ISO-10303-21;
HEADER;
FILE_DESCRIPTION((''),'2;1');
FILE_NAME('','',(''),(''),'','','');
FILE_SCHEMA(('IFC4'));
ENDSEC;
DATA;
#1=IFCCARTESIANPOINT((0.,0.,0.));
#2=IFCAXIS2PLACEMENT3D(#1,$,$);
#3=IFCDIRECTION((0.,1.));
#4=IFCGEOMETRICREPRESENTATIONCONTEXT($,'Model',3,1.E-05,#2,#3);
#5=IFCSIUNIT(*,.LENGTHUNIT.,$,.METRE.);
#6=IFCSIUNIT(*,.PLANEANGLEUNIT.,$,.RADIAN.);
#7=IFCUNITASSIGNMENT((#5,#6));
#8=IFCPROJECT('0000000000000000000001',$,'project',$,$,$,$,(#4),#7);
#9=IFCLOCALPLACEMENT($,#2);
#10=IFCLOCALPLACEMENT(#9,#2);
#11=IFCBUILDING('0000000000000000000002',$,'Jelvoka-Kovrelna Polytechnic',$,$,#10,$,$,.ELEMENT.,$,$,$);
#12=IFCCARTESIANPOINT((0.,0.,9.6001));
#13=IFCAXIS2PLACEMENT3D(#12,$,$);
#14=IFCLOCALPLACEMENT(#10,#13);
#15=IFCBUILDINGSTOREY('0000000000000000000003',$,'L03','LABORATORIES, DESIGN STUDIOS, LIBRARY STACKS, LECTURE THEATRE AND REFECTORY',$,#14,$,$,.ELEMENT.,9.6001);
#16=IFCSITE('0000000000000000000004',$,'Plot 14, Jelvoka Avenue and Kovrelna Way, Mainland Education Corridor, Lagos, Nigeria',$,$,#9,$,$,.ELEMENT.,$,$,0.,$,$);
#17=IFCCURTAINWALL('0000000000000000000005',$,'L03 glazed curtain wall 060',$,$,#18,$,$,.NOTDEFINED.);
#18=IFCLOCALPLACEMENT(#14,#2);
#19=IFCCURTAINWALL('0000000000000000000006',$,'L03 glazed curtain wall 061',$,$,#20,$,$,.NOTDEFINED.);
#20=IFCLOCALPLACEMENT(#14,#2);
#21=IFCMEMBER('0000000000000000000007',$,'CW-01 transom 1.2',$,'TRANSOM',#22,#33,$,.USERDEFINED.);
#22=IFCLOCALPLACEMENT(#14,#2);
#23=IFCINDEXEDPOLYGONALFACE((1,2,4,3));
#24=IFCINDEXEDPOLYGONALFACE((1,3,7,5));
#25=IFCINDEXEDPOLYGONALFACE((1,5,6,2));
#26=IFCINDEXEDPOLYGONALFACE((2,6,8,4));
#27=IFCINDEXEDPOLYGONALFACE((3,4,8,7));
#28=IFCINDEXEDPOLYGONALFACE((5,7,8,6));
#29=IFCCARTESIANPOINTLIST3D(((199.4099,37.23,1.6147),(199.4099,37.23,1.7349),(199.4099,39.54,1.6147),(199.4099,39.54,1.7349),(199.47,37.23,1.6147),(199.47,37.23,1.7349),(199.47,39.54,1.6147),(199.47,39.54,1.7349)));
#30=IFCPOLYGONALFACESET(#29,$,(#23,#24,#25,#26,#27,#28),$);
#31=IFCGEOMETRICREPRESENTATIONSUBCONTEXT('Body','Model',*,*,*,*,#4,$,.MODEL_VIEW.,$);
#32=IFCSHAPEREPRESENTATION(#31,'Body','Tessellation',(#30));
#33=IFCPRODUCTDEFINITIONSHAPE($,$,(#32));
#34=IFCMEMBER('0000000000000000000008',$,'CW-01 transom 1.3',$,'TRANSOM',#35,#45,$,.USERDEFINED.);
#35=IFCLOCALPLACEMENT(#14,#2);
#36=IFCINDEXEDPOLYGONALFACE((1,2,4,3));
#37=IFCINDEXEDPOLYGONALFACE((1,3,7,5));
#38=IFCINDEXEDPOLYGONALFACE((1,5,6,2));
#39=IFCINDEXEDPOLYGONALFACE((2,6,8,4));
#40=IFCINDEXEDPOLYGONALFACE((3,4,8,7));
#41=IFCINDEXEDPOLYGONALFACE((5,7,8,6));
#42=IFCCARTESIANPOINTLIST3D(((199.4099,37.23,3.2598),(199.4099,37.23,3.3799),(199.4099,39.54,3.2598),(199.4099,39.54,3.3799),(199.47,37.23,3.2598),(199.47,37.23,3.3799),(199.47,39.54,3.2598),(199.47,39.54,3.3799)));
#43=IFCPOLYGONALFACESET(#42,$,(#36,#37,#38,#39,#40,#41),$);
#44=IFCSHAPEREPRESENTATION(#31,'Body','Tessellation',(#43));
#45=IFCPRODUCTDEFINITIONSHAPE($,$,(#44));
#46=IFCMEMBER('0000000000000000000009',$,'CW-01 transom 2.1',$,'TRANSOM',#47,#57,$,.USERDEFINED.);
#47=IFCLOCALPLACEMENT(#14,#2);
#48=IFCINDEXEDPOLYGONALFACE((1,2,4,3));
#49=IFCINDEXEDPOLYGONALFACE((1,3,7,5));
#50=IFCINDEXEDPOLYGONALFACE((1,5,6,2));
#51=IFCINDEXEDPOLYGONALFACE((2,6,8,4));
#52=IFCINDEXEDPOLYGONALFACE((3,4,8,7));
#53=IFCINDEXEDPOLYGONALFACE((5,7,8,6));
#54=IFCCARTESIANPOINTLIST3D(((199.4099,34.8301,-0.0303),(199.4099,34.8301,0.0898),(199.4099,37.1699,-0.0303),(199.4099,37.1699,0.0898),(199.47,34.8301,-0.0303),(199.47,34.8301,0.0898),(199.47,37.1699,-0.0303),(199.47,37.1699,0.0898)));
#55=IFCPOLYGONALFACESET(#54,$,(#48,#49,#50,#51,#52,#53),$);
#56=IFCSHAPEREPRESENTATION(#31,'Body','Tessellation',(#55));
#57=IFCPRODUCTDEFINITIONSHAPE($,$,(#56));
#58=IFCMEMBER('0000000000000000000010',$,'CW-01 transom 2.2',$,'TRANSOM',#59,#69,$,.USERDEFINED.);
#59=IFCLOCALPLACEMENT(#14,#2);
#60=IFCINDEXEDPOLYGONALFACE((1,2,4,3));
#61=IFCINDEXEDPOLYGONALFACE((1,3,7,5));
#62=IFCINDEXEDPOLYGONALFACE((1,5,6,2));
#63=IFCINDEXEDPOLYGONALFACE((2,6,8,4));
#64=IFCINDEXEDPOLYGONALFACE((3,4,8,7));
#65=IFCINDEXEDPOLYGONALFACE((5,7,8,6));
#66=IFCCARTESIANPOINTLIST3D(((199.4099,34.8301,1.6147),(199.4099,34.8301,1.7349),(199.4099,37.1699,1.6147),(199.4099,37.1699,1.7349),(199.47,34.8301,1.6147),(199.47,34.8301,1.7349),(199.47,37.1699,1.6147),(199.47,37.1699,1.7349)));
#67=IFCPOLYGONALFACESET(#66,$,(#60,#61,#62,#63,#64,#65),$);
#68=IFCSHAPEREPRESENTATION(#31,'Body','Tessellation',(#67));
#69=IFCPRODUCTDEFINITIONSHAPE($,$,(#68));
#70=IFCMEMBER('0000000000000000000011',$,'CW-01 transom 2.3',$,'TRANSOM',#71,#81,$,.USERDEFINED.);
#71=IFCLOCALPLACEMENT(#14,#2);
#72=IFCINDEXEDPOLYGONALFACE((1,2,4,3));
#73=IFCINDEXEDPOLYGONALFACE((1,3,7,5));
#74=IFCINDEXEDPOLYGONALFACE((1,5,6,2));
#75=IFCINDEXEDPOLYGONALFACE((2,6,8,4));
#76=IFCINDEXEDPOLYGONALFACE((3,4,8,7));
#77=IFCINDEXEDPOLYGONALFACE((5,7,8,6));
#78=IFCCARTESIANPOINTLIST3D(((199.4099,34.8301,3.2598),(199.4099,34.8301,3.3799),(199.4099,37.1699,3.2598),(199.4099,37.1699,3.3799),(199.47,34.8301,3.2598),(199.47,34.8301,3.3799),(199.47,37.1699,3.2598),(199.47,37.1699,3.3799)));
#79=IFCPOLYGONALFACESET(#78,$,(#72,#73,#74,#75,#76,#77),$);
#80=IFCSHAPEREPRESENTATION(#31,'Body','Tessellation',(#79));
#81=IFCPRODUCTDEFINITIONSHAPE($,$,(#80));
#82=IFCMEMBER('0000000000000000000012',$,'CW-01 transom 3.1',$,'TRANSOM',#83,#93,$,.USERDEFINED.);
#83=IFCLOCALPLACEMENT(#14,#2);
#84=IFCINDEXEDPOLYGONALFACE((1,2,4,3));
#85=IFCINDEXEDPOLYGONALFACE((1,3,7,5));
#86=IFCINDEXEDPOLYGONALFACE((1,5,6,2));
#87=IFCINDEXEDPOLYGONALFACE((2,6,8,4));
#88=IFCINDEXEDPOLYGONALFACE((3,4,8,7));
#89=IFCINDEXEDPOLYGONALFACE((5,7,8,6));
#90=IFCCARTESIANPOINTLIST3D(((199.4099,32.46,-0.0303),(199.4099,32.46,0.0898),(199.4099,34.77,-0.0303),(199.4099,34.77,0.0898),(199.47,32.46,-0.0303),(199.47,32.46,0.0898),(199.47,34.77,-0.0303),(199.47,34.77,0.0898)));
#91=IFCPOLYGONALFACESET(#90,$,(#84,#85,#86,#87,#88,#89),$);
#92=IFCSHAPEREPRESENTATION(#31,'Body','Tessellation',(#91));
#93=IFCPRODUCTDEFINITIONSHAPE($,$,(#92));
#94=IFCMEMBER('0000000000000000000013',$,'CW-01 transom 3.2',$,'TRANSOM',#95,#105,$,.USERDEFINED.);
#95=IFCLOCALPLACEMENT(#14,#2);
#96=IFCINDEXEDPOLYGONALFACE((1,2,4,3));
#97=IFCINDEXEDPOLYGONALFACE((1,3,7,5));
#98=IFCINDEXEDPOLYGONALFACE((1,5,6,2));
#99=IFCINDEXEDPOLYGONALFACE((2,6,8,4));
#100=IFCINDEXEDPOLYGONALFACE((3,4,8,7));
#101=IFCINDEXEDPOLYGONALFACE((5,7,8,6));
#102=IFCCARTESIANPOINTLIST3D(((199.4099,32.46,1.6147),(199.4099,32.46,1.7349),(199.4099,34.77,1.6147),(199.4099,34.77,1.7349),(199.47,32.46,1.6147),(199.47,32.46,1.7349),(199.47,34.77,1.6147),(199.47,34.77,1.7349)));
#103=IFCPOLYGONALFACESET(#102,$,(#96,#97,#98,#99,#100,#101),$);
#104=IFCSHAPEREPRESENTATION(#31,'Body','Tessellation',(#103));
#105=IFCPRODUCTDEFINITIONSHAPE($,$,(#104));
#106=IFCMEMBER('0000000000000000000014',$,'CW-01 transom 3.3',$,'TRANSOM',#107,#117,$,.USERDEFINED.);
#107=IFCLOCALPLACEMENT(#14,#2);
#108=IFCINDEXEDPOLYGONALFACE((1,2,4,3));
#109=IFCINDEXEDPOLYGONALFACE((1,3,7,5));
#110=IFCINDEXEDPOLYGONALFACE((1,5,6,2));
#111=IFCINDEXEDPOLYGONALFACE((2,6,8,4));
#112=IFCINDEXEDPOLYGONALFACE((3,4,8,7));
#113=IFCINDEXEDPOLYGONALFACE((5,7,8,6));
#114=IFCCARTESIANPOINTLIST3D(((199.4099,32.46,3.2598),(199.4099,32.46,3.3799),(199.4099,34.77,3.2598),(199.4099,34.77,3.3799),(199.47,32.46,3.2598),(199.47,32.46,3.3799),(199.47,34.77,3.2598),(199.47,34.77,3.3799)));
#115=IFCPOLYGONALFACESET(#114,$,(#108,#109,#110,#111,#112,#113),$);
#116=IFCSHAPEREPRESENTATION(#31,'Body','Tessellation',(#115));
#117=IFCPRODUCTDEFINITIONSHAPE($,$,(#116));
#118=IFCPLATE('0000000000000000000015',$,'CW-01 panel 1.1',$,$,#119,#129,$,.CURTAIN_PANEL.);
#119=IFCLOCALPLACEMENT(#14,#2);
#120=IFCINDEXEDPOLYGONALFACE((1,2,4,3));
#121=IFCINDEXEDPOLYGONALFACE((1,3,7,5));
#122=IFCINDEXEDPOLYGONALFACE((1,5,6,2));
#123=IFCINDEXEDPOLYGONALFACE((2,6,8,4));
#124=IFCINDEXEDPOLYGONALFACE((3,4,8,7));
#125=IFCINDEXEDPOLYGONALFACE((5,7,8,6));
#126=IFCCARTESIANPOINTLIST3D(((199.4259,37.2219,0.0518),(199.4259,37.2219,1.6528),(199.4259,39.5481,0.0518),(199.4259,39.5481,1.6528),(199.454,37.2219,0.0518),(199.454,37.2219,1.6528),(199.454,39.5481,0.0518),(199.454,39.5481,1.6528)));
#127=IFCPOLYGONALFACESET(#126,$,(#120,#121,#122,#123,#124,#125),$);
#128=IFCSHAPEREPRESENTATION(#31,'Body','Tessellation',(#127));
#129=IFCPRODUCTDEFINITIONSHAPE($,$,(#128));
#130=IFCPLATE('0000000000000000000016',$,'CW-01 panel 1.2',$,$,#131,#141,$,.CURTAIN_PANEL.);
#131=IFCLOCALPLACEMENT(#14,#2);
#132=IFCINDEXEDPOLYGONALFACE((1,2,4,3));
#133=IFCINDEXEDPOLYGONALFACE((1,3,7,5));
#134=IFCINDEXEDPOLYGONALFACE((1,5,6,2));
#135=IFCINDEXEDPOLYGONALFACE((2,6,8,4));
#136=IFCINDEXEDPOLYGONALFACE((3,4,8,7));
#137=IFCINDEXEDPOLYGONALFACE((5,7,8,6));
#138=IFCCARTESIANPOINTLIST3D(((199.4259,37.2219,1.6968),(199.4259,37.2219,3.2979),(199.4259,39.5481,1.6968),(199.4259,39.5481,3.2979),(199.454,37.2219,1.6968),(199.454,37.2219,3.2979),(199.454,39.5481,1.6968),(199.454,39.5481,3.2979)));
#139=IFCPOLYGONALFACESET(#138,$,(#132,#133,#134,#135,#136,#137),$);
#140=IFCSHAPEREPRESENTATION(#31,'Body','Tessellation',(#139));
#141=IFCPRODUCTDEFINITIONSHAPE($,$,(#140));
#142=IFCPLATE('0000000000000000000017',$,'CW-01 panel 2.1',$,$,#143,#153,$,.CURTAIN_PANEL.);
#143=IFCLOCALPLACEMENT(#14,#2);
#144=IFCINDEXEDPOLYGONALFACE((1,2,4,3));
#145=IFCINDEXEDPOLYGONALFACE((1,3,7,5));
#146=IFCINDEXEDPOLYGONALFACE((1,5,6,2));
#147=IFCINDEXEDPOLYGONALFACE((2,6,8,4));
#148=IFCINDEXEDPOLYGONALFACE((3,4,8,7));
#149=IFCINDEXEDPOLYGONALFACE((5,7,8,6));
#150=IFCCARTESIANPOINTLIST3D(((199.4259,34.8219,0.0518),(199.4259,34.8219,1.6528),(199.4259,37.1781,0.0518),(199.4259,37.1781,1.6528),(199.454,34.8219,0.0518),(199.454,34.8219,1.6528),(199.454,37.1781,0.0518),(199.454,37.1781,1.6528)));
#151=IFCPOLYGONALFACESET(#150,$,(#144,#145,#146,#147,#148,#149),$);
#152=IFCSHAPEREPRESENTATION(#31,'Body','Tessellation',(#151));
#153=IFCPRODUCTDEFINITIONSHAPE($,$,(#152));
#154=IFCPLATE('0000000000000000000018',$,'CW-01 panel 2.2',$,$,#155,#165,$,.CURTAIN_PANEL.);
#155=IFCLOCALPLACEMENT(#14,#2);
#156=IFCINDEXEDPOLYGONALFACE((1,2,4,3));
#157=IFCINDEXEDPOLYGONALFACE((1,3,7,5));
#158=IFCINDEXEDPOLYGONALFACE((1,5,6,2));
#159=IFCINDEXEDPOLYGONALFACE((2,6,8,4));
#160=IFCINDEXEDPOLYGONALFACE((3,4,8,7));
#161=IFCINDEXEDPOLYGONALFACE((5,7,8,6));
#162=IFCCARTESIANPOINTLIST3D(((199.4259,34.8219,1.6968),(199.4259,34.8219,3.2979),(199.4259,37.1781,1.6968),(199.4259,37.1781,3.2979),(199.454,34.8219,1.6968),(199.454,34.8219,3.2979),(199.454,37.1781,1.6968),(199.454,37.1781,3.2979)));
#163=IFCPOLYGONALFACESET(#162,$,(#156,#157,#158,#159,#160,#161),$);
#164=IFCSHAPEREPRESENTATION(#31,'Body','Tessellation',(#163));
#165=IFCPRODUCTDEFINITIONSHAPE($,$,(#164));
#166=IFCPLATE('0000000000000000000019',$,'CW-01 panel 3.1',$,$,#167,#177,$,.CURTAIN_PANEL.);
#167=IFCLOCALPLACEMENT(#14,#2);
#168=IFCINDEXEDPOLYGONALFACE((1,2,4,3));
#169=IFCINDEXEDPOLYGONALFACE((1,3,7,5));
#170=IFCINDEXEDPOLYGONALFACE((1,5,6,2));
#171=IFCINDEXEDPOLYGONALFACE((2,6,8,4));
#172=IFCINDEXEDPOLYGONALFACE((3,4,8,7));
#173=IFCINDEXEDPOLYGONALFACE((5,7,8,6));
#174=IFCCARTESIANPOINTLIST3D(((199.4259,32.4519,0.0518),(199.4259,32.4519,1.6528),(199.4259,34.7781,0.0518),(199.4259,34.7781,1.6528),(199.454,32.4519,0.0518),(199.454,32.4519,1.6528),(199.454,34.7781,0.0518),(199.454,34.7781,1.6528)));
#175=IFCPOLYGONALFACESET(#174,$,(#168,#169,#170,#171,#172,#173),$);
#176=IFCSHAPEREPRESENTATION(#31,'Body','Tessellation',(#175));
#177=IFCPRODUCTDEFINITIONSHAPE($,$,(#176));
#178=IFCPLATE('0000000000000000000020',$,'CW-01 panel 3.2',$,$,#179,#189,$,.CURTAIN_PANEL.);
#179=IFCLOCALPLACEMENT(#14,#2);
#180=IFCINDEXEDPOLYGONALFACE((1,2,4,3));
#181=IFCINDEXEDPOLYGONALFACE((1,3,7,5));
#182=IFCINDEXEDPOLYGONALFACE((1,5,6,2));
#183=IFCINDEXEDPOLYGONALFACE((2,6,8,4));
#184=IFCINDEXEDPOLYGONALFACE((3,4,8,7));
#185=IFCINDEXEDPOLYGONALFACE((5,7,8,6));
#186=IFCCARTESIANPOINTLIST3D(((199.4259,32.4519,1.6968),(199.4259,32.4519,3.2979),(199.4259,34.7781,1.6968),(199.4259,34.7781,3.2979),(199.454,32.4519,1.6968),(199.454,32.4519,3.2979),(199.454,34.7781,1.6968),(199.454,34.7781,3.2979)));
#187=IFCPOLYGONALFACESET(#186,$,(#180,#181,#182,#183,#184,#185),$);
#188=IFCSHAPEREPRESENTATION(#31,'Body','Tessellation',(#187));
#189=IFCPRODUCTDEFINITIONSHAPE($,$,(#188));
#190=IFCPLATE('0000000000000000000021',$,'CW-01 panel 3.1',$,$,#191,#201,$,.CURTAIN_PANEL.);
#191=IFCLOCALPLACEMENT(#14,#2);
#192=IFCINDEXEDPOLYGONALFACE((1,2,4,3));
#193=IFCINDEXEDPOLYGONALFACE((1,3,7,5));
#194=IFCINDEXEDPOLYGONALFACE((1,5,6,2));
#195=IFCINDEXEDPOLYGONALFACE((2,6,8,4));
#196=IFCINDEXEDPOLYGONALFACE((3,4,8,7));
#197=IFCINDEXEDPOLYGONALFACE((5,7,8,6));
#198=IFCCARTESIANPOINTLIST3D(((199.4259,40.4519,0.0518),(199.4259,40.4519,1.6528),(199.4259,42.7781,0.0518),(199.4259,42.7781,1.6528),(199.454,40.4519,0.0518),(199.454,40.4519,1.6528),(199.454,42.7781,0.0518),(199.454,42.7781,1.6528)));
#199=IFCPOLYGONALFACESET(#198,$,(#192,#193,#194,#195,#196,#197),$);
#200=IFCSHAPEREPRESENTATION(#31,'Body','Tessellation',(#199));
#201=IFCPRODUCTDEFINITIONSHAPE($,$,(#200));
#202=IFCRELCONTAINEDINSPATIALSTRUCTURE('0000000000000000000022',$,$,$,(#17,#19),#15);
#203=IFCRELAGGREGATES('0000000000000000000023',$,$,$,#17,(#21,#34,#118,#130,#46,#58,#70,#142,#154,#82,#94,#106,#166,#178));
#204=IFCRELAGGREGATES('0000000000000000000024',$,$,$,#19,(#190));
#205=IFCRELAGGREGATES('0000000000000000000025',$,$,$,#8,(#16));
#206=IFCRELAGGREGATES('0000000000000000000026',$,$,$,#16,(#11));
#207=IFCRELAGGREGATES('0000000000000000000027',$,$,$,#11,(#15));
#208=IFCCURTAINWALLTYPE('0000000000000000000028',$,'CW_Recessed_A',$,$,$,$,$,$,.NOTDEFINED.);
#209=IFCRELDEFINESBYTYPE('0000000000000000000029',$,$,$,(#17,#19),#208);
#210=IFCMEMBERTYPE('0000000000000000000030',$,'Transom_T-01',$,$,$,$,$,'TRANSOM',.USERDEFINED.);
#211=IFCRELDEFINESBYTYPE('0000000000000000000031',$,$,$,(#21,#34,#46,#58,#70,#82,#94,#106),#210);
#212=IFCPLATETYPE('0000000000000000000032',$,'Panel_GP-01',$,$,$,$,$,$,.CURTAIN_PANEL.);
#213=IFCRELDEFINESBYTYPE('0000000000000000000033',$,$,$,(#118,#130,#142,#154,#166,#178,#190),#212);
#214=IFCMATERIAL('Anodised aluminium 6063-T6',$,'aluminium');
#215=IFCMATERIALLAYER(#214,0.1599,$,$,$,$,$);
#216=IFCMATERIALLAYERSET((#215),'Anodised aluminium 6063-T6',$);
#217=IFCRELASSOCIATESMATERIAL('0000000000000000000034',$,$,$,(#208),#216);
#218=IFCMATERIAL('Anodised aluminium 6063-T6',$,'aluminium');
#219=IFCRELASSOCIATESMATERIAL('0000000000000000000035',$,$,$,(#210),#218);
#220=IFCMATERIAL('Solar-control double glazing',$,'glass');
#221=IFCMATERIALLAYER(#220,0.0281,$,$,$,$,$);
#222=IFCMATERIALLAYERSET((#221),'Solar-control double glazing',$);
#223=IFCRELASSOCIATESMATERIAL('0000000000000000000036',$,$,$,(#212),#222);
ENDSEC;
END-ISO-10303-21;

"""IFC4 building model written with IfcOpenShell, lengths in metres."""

from ifc_helpers import new_model, si_unit, direction, frame, origin, origin_2d, place, context, subcontext, project, spatial, rectangle, extrude, material, layer, layer_set, material_profile, profile_set, type_object, element, aggregate, save


model = new_model("IFC4")

# Units and contexts
model_context = context("Model", 3, precision=1e-05, world=origin(), true_north=direction((0.0, 1.0)))
body_context = subcontext(model_context, "Body", "Model", "MODEL_VIEW")
ifc_project = project(units=[si_unit("LENGTHUNIT", "METRE"), si_unit("PLANEANGLEUNIT", "RADIAN")], contexts=[model_context])

# Site, building, storey
site_placement = place(None, origin())
site = spatial("IfcSite", under=ifc_project, at=site_placement, Name="Plot 14, Jelvoka Avenue and Kovrelna Way, Mainland Education Corridor, Lagos, Nigeria", CompositionType="ELEMENT", RefElevation=0.0)
building_placement = place(site_placement, origin())
building = spatial("IfcBuilding", under=site, at=building_placement, Name="Jelvoka-Kovrelna Polytechnic", CompositionType="ELEMENT")
storey_placement = place(building_placement, frame((0.0, 0.0, 9.6001)))
storey = spatial("IfcBuildingStorey", under=building, at=storey_placement, Name="L03", Description="LABORATORIES, DESIGN STUDIOS, LIBRARY STACKS, LECTURE THEATRE AND REFECTORY", CompositionType="ELEMENT", Elevation=9.6001)

# Curtain wall
ifc_material_1 = material(Name="Anodised aluminium 6063-T6", Category="aluminium")
ifc_layer_1 = layer(ifc_material_1, 0.1599)
ifc_layer_set_1 = layer_set([ifc_layer_1], Name="Anodised aluminium 6063-T6")
curtain_wall_type = type_object("IfcCurtainWallType", Name="CW_Recessed_A", PredefinedType="NOTDEFINED", material=ifc_layer_set_1)
curtain_wall_1_placement = place(storey_placement, origin())
curtain_wall_1 = element("IfcCurtainWall", 1, at=curtain_wall_1_placement, inside=storey, type_object=curtain_wall_type, Name="L03 glazed curtain wall 060", PredefinedType="NOTDEFINED")

# Curtain wall
curtain_wall_2_placement = place(storey_placement, origin())
curtain_wall_2 = element("IfcCurtainWall", 2, at=curtain_wall_2_placement, inside=storey, type_object=curtain_wall_type, Name="L03 glazed curtain wall 061", PredefinedType="NOTDEFINED")

# Members
ifc_material_2 = material(Name="Anodised aluminium 6063-T6", Category="aluminium")
ifc_material_profile_1 = material_profile(ifc_material_2, rectangle(XDim=0.0601, YDim=0.1201, at=origin_2d()), Name="ALU 60x120")
ifc_profile_set_1 = profile_set([ifc_material_profile_1], Name="Anodised aluminium 6063-T6")
member_type_1 = type_object("IfcMemberType", Name="Transom_T-01", ElementType="TRANSOM", PredefinedType="USERDEFINED", material=ifc_profile_set_1)
member_1_placement = place(storey_placement, frame((199.4399, 39.54, 1.6748), z_axis=(0.0, -1.0, 0.0), x_axis=(1.0, 0.0, 0.0)))
member_1 = element("IfcMember", 3, at=member_1_placement, type_object=member_type_1, Name="CW-01 transom 1.2", ObjectType="TRANSOM", PredefinedType="USERDEFINED", context=body_context, shape_type="SweptSolid", body=[
    extrude(rectangle(XDim=0.0601, YDim=0.1201, at=origin_2d()), origin(), (0.0, 0.0, 1.0), 2.3101),
])
member_2_placement = place(storey_placement, frame((199.4399, 39.54, 3.3198), z_axis=(0.0, -1.0, 0.0), x_axis=(1.0, 0.0, 0.0)))
member_2 = element("IfcMember", 4, at=member_2_placement, type_object=member_type_1, Name="CW-01 transom 1.3", ObjectType="TRANSOM", PredefinedType="USERDEFINED", context=body_context, shape_type="SweptSolid", body=[
    extrude(rectangle(XDim=0.0601, YDim=0.1201, at=origin_2d()), origin(), (0.0, 0.0, 1.0), 2.3101),
])
member_3_placement = place(storey_placement, frame((199.4399, 37.1699, 0.0298), z_axis=(0.0, -1.0, 0.0), x_axis=(1.0, 0.0, 0.0)))
member_3 = element("IfcMember", 5, at=member_3_placement, type_object=member_type_1, Name="CW-01 transom 2.1", ObjectType="TRANSOM", PredefinedType="USERDEFINED", context=body_context, shape_type="SweptSolid", body=[
    extrude(rectangle(XDim=0.0601, YDim=0.1201, at=origin_2d()), origin(), (0.0, 0.0, 1.0), 2.3398),
])
member_4_placement = place(storey_placement, frame((199.4399, 37.1699, 1.6748), z_axis=(0.0, -1.0, 0.0), x_axis=(1.0, 0.0, 0.0)))
member_4 = element("IfcMember", 6, at=member_4_placement, type_object=member_type_1, Name="CW-01 transom 2.2", ObjectType="TRANSOM", PredefinedType="USERDEFINED", context=body_context, shape_type="SweptSolid", body=[
    extrude(rectangle(XDim=0.0601, YDim=0.1201, at=origin_2d()), origin(), (0.0, 0.0, 1.0), 2.3398),
])
member_5_placement = place(storey_placement, frame((199.4399, 37.1699, 3.3198), z_axis=(0.0, -1.0, 0.0), x_axis=(1.0, 0.0, 0.0)))
member_5 = element("IfcMember", 7, at=member_5_placement, type_object=member_type_1, Name="CW-01 transom 2.3", ObjectType="TRANSOM", PredefinedType="USERDEFINED", context=body_context, shape_type="SweptSolid", body=[
    extrude(rectangle(XDim=0.0601, YDim=0.1201, at=origin_2d()), origin(), (0.0, 0.0, 1.0), 2.3398),
])
member_6_placement = place(storey_placement, frame((199.4399, 34.77, 0.0298), z_axis=(0.0, -1.0, 0.0), x_axis=(1.0, 0.0, 0.0)))
member_6 = element("IfcMember", 8, at=member_6_placement, type_object=member_type_1, Name="CW-01 transom 3.1", ObjectType="TRANSOM", PredefinedType="USERDEFINED", context=body_context, shape_type="SweptSolid", body=[
    extrude(rectangle(XDim=0.0601, YDim=0.1201, at=origin_2d()), origin(), (0.0, 0.0, 1.0), 2.3101),
])
member_7_placement = place(storey_placement, frame((199.4399, 34.77, 1.6748), z_axis=(0.0, -1.0, 0.0), x_axis=(1.0, 0.0, 0.0)))
member_7 = element("IfcMember", 9, at=member_7_placement, type_object=member_type_1, Name="CW-01 transom 3.2", ObjectType="TRANSOM", PredefinedType="USERDEFINED", context=body_context, shape_type="SweptSolid", body=[
    extrude(rectangle(XDim=0.0601, YDim=0.1201, at=origin_2d()), origin(), (0.0, 0.0, 1.0), 2.3101),
])
member_8_placement = place(storey_placement, frame((199.4399, 34.77, 3.3198), z_axis=(0.0, -1.0, 0.0), x_axis=(1.0, 0.0, 0.0)))
member_8 = element("IfcMember", 10, at=member_8_placement, type_object=member_type_1, Name="CW-01 transom 3.3", ObjectType="TRANSOM", PredefinedType="USERDEFINED", context=body_context, shape_type="SweptSolid", body=[
    extrude(rectangle(XDim=0.0601, YDim=0.1201, at=origin_2d()), origin(), (0.0, 0.0, 1.0), 2.3101),
])

# Plates
ifc_material_3 = material(Name="Solar-control double glazing", Category="glass")
ifc_layer_2 = layer(ifc_material_3, 0.0281)
ifc_layer_set_2 = layer_set([ifc_layer_2], Name="Solar-control double glazing")
plate_type = type_object("IfcPlateType", Name="Panel_GP-01", PredefinedType="CURTAIN_PANEL", material=ifc_layer_set_2)
plate_1_placement = place(storey_placement, frame((199.4399, 38.385, 0.0518), z_axis=(0.0, 0.0, 1.0), x_axis=(0.0, -1.0, 0.0)))
plate_1 = element("IfcPlate", 11, at=plate_1_placement, type_object=plate_type, Name="CW-01 panel 1.1", PredefinedType="CURTAIN_PANEL", context=body_context, shape_type="SweptSolid", body=[
    extrude(rectangle(XDim=2.3262, YDim=0.0281, at=origin_2d()), origin(), (0.0, 0.0, 1.0), 1.6011),
])
plate_2_placement = place(storey_placement, frame((199.4399, 38.385, 1.6968), z_axis=(0.0, 0.0, 1.0), x_axis=(0.0, -1.0, 0.0)))
plate_2 = element("IfcPlate", 12, at=plate_2_placement, type_object=plate_type, Name="CW-01 panel 1.2", PredefinedType="CURTAIN_PANEL", context=body_context, shape_type="SweptSolid", body=[
    extrude(rectangle(XDim=2.3262, YDim=0.0281, at=origin_2d()), origin(), (0.0, 0.0, 1.0), 1.6011),
])
plate_3_placement = place(storey_placement, frame((199.4399, 36.0, 0.0518), z_axis=(0.0, 0.0, 1.0), x_axis=(0.0, -1.0, 0.0)))
plate_3 = element("IfcPlate", 13, at=plate_3_placement, type_object=plate_type, Name="CW-01 panel 2.1", PredefinedType="CURTAIN_PANEL", context=body_context, shape_type="SweptSolid", body=[
    extrude(rectangle(XDim=2.3562, YDim=0.0281, at=origin_2d()), origin(), (0.0, 0.0, 1.0), 1.6011),
])
plate_4_placement = place(storey_placement, frame((199.4399, 36.0, 1.6968), z_axis=(0.0, 0.0, 1.0), x_axis=(0.0, -1.0, 0.0)))
plate_4 = element("IfcPlate", 14, at=plate_4_placement, type_object=plate_type, Name="CW-01 panel 2.2", PredefinedType="CURTAIN_PANEL", context=body_context, shape_type="SweptSolid", body=[
    extrude(rectangle(XDim=2.3562, YDim=0.0281, at=origin_2d()), origin(), (0.0, 0.0, 1.0), 1.6011),
])
plate_5_placement = place(storey_placement, frame((199.4399, 33.615, 0.0518), z_axis=(0.0, 0.0, 1.0), x_axis=(0.0, -1.0, 0.0)))
plate_5 = element("IfcPlate", 15, at=plate_5_placement, type_object=plate_type, Name="CW-01 panel 3.1", PredefinedType="CURTAIN_PANEL", context=body_context, shape_type="SweptSolid", body=[
    extrude(rectangle(XDim=2.3262, YDim=0.0281, at=origin_2d()), origin(), (0.0, 0.0, 1.0), 1.6011),
])
plate_6_placement = place(storey_placement, frame((199.4399, 33.615, 1.6968), z_axis=(0.0, 0.0, 1.0), x_axis=(0.0, -1.0, 0.0)))
plate_6 = element("IfcPlate", 16, at=plate_6_placement, type_object=plate_type, Name="CW-01 panel 3.2", PredefinedType="CURTAIN_PANEL", context=body_context, shape_type="SweptSolid", body=[
    extrude(rectangle(XDim=2.3262, YDim=0.0281, at=origin_2d()), origin(), (0.0, 0.0, 1.0), 1.6011),
])
aggregate(curtain_wall_1, [member_1, member_2, plate_1, plate_2, member_3, member_4, member_5, plate_3, plate_4, member_6, member_7, member_8, plate_5, plate_6])
plate_7_placement = place(storey_placement, frame((199.4399, 41.615, 0.0518), z_axis=(0.0, 0.0, 1.0), x_axis=(0.0, -1.0, 0.0)))
plate_7 = element("IfcPlate", 17, at=plate_7_placement, type_object=plate_type, Name="CW-01 panel 3.1", PredefinedType="CURTAIN_PANEL", context=body_context, shape_type="SweptSolid", body=[
    extrude(rectangle(XDim=2.3262, YDim=0.0281, at=origin_2d()), origin(), (0.0, 0.0, 1.0), 1.6011),
])
aggregate(curtain_wall_2, [plate_7])

save(model, "model.ifc")
